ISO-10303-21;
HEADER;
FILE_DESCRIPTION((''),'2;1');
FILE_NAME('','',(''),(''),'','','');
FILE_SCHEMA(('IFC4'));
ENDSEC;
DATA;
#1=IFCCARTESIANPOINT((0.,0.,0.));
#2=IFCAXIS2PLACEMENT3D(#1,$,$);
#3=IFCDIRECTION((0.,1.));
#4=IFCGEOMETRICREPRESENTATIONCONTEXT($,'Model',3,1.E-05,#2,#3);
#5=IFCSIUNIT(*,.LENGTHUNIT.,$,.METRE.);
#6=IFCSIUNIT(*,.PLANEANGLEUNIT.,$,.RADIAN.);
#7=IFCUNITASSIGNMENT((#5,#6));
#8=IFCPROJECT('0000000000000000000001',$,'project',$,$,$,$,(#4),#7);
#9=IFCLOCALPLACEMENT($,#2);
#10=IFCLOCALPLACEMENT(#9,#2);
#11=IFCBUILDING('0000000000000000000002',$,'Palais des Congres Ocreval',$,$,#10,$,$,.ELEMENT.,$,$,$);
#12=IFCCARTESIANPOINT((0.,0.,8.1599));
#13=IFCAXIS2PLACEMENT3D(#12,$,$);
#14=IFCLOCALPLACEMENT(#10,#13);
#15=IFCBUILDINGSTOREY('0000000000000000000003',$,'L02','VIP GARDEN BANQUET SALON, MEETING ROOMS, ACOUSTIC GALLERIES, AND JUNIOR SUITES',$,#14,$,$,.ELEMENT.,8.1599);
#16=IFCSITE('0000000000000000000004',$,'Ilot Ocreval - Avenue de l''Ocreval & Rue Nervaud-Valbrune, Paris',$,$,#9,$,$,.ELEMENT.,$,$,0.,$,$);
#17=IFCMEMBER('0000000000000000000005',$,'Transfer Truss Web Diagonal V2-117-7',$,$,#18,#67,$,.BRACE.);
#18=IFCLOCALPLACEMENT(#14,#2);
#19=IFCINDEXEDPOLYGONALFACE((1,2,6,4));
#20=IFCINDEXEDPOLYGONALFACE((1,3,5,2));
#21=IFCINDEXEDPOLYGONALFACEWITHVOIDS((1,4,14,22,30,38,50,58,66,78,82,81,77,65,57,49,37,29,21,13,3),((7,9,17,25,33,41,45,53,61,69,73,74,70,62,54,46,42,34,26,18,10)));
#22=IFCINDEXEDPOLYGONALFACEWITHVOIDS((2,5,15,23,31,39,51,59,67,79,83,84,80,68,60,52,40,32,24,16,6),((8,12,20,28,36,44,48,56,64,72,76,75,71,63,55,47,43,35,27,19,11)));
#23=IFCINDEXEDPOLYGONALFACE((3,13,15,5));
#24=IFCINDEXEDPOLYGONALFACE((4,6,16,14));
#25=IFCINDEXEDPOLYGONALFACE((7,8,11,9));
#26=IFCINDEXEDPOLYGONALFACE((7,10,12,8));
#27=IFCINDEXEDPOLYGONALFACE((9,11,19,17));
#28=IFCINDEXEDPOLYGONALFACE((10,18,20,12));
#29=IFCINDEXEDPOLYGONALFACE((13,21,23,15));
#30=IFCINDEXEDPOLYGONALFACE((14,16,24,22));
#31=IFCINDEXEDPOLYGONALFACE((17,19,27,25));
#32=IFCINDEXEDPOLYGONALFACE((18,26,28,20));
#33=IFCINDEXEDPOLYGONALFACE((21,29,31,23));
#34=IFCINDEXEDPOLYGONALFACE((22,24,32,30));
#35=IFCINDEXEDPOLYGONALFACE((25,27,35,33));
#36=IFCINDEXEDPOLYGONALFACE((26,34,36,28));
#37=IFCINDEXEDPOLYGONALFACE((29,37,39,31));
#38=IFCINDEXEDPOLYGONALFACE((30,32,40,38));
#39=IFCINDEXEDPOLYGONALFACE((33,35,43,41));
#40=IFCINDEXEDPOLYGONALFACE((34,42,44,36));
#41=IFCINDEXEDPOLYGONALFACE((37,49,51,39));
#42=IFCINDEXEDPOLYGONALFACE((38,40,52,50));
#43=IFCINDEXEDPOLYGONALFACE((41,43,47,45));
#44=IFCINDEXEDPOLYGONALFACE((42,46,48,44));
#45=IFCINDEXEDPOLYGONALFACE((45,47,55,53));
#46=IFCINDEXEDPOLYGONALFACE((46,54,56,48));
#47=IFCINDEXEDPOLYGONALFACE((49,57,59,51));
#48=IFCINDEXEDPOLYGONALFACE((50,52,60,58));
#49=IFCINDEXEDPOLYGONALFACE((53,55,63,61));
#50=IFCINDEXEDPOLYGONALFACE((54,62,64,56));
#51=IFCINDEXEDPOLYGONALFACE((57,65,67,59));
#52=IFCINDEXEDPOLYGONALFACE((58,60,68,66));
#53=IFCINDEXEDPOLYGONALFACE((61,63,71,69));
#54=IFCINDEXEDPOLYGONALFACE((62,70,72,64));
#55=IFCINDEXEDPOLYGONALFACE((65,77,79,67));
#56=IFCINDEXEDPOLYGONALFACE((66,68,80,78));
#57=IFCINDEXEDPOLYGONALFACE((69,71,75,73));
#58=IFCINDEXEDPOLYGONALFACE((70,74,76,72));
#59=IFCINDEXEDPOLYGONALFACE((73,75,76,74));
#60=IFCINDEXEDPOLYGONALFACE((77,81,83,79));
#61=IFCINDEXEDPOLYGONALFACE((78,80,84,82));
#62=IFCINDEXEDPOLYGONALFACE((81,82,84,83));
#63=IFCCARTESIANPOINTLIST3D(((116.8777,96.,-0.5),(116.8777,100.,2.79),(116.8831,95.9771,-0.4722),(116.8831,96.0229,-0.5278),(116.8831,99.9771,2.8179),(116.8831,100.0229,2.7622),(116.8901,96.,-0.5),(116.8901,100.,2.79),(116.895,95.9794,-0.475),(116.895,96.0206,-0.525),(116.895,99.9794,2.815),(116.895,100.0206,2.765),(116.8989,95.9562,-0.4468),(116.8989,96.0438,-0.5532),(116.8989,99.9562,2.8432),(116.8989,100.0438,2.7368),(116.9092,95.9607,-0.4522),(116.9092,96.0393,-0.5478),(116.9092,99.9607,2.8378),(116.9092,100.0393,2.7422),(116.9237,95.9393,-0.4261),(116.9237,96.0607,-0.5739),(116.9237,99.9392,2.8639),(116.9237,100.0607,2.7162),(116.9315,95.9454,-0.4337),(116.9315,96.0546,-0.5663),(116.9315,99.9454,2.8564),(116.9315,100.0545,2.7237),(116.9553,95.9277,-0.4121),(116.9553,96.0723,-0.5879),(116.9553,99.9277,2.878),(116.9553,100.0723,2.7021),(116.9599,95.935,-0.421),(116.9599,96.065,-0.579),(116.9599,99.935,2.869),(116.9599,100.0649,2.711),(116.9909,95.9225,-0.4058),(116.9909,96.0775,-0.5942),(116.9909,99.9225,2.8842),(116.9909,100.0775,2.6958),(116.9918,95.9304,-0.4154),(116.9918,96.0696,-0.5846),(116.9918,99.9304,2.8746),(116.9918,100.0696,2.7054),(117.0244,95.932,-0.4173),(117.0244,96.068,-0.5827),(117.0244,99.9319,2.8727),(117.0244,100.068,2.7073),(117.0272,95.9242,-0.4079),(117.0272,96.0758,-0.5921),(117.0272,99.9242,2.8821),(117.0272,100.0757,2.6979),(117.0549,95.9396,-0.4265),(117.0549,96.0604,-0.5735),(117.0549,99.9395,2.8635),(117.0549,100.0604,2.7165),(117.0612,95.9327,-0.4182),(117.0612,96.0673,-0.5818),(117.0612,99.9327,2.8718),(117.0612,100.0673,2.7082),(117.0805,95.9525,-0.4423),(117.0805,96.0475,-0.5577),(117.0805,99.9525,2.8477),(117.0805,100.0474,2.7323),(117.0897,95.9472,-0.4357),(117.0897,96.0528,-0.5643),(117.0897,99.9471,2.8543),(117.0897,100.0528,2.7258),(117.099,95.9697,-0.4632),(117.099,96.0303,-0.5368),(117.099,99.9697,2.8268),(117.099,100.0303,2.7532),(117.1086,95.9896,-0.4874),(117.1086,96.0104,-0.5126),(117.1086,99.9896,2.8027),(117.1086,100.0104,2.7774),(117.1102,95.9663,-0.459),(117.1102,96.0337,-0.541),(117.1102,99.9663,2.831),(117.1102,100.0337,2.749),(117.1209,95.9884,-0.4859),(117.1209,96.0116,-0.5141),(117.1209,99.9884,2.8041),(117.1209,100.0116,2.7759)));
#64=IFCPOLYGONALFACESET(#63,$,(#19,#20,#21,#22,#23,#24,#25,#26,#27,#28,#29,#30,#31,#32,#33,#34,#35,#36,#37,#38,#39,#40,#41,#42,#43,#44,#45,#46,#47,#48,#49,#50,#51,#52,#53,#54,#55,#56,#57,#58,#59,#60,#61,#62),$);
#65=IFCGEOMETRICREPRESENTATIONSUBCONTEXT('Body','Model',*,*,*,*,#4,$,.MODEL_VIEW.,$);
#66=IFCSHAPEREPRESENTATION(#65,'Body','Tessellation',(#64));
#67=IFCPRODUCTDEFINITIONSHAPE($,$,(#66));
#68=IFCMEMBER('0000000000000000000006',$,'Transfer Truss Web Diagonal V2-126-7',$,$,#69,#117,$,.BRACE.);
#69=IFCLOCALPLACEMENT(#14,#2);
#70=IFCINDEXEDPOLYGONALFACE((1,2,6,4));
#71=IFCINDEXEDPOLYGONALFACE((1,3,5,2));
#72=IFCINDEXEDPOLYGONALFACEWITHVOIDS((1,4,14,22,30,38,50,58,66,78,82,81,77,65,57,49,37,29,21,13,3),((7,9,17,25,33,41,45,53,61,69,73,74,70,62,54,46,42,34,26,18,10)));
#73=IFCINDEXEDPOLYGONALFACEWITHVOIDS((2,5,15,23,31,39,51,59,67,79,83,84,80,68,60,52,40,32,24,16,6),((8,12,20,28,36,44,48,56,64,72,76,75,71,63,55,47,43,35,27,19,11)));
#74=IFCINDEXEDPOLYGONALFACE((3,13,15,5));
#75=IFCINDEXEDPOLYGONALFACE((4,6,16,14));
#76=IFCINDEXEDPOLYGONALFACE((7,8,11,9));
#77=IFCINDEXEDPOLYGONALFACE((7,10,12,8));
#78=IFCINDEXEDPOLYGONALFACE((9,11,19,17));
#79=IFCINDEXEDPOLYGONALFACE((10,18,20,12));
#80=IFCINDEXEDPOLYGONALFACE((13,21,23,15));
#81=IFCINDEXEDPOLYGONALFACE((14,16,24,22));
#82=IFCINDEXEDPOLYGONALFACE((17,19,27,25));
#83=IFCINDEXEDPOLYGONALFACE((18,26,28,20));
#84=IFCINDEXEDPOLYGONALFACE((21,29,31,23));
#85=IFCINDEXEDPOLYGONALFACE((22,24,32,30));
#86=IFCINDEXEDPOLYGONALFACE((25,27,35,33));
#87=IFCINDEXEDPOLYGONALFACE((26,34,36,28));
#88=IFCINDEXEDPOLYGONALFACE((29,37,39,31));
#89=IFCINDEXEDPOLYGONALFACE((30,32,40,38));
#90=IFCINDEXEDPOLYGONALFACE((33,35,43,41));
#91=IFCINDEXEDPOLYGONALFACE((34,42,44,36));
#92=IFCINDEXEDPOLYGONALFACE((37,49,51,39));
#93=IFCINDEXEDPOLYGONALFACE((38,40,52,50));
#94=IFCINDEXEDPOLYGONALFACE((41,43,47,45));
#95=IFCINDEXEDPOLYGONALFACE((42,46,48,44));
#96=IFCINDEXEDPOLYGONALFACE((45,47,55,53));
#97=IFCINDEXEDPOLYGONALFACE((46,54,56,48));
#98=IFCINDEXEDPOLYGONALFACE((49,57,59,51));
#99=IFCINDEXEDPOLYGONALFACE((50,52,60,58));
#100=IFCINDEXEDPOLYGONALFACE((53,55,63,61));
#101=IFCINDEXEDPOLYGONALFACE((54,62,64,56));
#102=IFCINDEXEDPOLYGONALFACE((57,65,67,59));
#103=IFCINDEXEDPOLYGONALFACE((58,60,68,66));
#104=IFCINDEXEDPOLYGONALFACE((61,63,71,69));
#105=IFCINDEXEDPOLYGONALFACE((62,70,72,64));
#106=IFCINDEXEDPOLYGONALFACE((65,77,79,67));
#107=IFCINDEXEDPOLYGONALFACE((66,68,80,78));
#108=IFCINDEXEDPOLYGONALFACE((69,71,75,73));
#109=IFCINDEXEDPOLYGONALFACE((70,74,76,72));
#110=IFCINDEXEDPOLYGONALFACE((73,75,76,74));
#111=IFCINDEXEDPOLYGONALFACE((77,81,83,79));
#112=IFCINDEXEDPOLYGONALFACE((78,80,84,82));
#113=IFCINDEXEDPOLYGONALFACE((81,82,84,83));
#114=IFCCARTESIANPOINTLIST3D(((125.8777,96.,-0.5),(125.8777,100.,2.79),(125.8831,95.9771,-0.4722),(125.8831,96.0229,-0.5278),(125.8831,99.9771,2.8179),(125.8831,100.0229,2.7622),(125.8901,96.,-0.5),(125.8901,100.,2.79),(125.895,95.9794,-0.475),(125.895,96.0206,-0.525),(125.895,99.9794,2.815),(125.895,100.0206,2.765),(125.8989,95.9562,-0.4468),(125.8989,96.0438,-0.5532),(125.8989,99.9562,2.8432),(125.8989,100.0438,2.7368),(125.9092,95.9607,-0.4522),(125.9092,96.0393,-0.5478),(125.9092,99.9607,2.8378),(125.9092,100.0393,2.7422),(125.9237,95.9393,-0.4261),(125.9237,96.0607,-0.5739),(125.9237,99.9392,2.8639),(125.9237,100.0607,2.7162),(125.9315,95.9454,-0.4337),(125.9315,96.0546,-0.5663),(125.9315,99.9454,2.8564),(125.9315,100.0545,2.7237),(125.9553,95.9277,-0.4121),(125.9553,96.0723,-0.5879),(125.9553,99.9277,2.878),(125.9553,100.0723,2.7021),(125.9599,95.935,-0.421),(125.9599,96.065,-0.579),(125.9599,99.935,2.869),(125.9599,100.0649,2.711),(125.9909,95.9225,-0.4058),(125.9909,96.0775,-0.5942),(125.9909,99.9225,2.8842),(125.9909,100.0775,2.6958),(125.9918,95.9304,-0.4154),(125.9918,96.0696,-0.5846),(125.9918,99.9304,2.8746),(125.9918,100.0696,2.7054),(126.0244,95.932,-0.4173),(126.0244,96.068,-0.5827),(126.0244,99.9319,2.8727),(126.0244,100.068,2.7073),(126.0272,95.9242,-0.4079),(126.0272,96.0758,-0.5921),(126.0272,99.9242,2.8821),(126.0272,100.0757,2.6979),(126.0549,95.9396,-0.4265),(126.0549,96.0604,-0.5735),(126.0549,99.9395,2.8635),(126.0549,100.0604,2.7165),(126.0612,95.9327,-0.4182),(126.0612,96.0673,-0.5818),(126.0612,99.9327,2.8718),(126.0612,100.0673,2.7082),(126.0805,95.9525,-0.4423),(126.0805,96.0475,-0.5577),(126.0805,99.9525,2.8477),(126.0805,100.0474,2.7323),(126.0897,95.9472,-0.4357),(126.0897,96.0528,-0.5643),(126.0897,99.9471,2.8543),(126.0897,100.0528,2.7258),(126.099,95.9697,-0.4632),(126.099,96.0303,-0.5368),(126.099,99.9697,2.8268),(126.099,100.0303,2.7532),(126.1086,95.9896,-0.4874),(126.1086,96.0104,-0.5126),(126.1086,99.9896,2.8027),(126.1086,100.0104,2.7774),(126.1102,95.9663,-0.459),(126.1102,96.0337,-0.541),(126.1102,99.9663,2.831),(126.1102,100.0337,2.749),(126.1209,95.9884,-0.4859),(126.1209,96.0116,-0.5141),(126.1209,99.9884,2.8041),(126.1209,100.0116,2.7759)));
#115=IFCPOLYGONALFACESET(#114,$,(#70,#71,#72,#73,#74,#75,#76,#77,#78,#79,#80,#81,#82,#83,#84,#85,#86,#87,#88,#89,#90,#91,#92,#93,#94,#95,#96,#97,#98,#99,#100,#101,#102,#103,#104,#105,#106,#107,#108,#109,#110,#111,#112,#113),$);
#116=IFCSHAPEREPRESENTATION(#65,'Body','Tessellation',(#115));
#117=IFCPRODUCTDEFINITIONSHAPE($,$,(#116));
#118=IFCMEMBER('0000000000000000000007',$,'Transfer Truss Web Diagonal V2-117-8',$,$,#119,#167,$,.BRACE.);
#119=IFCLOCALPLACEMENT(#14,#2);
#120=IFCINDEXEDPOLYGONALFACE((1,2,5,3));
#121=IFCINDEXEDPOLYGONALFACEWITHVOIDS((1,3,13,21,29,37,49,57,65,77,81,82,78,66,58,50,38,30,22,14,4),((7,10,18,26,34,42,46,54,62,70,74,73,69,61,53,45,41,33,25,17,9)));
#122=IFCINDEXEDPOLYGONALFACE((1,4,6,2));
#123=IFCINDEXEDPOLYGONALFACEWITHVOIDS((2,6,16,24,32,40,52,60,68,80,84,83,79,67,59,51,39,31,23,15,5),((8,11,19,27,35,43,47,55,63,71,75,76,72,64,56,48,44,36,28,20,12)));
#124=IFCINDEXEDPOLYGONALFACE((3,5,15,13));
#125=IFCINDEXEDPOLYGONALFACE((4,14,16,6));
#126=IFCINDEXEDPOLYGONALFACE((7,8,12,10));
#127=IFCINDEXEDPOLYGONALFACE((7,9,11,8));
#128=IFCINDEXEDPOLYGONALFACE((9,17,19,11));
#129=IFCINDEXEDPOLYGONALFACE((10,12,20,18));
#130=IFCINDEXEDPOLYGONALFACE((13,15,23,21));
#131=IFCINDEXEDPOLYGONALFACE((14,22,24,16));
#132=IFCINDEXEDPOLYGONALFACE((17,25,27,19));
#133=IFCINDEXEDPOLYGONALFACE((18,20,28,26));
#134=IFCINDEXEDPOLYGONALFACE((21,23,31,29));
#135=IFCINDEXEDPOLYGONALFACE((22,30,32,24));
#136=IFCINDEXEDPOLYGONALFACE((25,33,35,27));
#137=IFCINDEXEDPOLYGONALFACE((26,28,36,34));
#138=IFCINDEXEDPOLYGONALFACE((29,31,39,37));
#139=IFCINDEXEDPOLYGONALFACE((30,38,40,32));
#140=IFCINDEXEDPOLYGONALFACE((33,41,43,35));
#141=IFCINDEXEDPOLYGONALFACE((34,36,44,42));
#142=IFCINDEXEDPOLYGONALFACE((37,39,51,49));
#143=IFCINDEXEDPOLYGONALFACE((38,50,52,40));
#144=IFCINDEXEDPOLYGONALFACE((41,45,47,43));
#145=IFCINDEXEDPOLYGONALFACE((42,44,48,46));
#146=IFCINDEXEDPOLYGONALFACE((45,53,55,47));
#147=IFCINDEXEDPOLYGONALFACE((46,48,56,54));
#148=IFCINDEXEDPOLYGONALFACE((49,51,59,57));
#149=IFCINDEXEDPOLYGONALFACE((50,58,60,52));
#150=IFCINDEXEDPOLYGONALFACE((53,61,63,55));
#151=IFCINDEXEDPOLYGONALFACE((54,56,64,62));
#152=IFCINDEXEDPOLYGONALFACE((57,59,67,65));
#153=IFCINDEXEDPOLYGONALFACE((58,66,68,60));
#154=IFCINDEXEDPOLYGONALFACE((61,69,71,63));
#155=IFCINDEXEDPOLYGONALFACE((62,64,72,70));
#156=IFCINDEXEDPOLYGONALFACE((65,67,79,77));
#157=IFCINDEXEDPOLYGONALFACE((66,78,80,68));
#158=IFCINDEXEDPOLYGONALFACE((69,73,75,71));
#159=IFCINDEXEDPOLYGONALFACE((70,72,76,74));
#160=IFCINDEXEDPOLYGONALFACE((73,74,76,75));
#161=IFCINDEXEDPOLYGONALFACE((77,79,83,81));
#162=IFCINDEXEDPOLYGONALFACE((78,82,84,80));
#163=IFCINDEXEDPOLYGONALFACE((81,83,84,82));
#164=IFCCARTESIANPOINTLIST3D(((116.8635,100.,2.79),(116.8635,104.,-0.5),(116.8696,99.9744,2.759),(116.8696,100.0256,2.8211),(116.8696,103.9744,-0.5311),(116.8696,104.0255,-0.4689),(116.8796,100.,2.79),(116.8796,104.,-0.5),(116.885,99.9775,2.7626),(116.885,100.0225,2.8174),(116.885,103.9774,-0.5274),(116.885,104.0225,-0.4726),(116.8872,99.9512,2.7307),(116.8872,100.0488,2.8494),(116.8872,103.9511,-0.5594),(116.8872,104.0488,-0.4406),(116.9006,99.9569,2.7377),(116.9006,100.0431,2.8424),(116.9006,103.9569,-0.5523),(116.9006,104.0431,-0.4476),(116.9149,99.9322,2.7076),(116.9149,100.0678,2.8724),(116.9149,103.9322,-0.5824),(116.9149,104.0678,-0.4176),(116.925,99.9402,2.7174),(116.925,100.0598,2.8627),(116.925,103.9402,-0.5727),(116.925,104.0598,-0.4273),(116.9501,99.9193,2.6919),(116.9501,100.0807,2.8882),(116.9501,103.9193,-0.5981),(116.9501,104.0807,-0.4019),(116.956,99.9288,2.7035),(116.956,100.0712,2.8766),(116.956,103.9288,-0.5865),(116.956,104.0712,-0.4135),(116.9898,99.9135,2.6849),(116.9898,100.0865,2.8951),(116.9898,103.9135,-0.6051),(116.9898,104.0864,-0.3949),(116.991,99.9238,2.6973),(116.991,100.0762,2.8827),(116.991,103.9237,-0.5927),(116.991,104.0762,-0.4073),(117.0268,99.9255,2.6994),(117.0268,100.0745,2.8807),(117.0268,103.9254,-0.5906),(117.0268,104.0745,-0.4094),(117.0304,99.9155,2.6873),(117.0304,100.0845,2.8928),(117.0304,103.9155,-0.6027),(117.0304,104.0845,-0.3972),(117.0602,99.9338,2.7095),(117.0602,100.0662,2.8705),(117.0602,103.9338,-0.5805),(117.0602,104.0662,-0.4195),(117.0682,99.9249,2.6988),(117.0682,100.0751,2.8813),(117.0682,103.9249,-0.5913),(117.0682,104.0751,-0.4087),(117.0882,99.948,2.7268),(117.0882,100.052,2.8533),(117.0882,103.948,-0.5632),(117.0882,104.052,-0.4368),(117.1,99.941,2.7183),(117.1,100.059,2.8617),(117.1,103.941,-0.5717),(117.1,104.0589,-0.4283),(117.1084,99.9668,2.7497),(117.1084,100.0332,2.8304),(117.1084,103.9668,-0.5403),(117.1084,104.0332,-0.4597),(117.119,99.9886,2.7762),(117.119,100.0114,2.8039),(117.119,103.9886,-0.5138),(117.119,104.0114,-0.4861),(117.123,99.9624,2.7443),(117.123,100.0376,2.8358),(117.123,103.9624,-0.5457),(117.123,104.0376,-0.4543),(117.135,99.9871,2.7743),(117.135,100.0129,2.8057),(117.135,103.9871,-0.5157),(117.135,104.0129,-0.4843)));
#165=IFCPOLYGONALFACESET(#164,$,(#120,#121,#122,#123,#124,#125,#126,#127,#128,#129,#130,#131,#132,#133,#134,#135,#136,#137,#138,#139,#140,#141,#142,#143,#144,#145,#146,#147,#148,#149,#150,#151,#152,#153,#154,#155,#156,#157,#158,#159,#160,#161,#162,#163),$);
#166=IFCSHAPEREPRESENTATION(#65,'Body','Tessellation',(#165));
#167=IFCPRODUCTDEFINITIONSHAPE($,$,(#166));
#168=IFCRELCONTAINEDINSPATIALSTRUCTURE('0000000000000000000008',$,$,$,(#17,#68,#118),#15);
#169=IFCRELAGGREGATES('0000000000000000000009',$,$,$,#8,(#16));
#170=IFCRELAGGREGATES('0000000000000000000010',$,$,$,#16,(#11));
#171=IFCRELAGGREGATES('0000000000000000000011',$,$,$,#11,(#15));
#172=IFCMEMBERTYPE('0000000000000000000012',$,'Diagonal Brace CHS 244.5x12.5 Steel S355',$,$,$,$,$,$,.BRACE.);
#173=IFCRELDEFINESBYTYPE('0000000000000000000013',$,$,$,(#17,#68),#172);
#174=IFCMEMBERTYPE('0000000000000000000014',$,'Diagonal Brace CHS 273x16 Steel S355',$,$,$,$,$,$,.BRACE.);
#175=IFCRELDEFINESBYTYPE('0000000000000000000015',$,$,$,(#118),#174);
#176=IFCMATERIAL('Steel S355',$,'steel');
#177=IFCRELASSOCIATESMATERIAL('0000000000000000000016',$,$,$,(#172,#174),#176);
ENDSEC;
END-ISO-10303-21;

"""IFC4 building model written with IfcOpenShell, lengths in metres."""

from ifc_helpers import new_model, si_unit, direction, frame, origin, origin_2d, place, context, subcontext, project, spatial, hollow_circle, extrude, material, material_profile, profile_set, type_object, element, save


model = new_model("IFC4")

# Units and contexts
model_context = context("Model", 3, precision=1e-05, world=origin(), true_north=direction((0.0, 1.0)))
body_context = subcontext(model_context, "Body", "Model", "MODEL_VIEW")
ifc_project = project(units=[si_unit("LENGTHUNIT", "METRE"), si_unit("PLANEANGLEUNIT", "RADIAN")], contexts=[model_context])

# Site, building, storey
site_placement = place(None, origin())
site = spatial("IfcSite", under=ifc_project, at=site_placement, Name="Ilot Ocreval - Avenue de l'Ocreval & Rue Nervaud-Valbrune, Paris", CompositionType="ELEMENT", RefElevation=0.0)
building_placement = place(site_placement, origin())
building = spatial("IfcBuilding", under=site, at=building_placement, Name="Palais des Congres Ocreval", CompositionType="ELEMENT")
storey_placement = place(building_placement, frame((0.0, 0.0, 8.1599)))
storey = spatial("IfcBuildingStorey", under=building, at=storey_placement, Name="L02", Description="VIP GARDEN BANQUET SALON, MEETING ROOMS, ACOUSTIC GALLERIES, AND JUNIOR SUITES", CompositionType="ELEMENT", Elevation=8.1599)

# Shared definitions
ifc_material_1 = material(Name="Steel S355", Category="steel")

# Members
ifc_material_profile_1 = material_profile(ifc_material_1, hollow_circle(Radius=0.1223, WallThickness=0.0125, at=origin_2d()), Name="CHS 244.5x12.5")
ifc_profile_set_1 = profile_set([ifc_material_profile_1], Name="Steel S355")
member_type_1 = type_object("IfcMemberType", Name="Diagonal Brace CHS 244.5x12.5 Steel S355", PredefinedType="BRACE", material=ifc_profile_set_1)
for number, where, z_axis, x_axis, name in (
    (1, (117.0, 96.0, -0.5), (0.0, 0.772317, 0.635238), (-1.0, 0.0, 0.0), "Transfer Truss Web Diagonal V2-117-7"),
    (2, (126.0, 96.0, -0.5), (0.0, 0.772317, 0.635238), (-1.0, 0.0, 0.0), "Transfer Truss Web Diagonal V2-126-7"),
):
    element("IfcMember", number, at=place(storey_placement, frame(where, z_axis=z_axis, x_axis=x_axis)), inside=storey, type_object=member_type_1, Name=name, PredefinedType="BRACE", context=body_context, shape_type="SweptSolid", body=[
        extrude(hollow_circle(Radius=0.1223, WallThickness=0.0125, at=origin_2d()), origin(), (0.0, 0.0, 1.0), 5.1792),
    ])
ifc_material_profile_2 = material_profile(ifc_material_1, hollow_circle(Radius=0.1365, WallThickness=0.0161, at=origin_2d()), Name="CHS 273x16")
ifc_profile_set_2 = profile_set([ifc_material_profile_2], Name="Steel S355")
member_type_2 = type_object("IfcMemberType", Name="Diagonal Brace CHS 273x16 Steel S355", PredefinedType="BRACE", material=ifc_profile_set_2)
member_1_placement = place(storey_placement, frame((117.0, 100.0, 2.79), z_axis=(0.0, 0.772317, -0.635238), x_axis=(-1.0, 0.0, 0.0)))
element("IfcMember", 3, at=member_1_placement, inside=storey, type_object=member_type_2, Name="Transfer Truss Web Diagonal V2-117-8", PredefinedType="BRACE", context=body_context, shape_type="SweptSolid", body=[
    extrude(hollow_circle(Radius=0.1365, WallThickness=0.0161, at=origin_2d()), origin(), (0.0, 0.0, 1.0), 5.1792),
])

save(model, "model.ifc")
